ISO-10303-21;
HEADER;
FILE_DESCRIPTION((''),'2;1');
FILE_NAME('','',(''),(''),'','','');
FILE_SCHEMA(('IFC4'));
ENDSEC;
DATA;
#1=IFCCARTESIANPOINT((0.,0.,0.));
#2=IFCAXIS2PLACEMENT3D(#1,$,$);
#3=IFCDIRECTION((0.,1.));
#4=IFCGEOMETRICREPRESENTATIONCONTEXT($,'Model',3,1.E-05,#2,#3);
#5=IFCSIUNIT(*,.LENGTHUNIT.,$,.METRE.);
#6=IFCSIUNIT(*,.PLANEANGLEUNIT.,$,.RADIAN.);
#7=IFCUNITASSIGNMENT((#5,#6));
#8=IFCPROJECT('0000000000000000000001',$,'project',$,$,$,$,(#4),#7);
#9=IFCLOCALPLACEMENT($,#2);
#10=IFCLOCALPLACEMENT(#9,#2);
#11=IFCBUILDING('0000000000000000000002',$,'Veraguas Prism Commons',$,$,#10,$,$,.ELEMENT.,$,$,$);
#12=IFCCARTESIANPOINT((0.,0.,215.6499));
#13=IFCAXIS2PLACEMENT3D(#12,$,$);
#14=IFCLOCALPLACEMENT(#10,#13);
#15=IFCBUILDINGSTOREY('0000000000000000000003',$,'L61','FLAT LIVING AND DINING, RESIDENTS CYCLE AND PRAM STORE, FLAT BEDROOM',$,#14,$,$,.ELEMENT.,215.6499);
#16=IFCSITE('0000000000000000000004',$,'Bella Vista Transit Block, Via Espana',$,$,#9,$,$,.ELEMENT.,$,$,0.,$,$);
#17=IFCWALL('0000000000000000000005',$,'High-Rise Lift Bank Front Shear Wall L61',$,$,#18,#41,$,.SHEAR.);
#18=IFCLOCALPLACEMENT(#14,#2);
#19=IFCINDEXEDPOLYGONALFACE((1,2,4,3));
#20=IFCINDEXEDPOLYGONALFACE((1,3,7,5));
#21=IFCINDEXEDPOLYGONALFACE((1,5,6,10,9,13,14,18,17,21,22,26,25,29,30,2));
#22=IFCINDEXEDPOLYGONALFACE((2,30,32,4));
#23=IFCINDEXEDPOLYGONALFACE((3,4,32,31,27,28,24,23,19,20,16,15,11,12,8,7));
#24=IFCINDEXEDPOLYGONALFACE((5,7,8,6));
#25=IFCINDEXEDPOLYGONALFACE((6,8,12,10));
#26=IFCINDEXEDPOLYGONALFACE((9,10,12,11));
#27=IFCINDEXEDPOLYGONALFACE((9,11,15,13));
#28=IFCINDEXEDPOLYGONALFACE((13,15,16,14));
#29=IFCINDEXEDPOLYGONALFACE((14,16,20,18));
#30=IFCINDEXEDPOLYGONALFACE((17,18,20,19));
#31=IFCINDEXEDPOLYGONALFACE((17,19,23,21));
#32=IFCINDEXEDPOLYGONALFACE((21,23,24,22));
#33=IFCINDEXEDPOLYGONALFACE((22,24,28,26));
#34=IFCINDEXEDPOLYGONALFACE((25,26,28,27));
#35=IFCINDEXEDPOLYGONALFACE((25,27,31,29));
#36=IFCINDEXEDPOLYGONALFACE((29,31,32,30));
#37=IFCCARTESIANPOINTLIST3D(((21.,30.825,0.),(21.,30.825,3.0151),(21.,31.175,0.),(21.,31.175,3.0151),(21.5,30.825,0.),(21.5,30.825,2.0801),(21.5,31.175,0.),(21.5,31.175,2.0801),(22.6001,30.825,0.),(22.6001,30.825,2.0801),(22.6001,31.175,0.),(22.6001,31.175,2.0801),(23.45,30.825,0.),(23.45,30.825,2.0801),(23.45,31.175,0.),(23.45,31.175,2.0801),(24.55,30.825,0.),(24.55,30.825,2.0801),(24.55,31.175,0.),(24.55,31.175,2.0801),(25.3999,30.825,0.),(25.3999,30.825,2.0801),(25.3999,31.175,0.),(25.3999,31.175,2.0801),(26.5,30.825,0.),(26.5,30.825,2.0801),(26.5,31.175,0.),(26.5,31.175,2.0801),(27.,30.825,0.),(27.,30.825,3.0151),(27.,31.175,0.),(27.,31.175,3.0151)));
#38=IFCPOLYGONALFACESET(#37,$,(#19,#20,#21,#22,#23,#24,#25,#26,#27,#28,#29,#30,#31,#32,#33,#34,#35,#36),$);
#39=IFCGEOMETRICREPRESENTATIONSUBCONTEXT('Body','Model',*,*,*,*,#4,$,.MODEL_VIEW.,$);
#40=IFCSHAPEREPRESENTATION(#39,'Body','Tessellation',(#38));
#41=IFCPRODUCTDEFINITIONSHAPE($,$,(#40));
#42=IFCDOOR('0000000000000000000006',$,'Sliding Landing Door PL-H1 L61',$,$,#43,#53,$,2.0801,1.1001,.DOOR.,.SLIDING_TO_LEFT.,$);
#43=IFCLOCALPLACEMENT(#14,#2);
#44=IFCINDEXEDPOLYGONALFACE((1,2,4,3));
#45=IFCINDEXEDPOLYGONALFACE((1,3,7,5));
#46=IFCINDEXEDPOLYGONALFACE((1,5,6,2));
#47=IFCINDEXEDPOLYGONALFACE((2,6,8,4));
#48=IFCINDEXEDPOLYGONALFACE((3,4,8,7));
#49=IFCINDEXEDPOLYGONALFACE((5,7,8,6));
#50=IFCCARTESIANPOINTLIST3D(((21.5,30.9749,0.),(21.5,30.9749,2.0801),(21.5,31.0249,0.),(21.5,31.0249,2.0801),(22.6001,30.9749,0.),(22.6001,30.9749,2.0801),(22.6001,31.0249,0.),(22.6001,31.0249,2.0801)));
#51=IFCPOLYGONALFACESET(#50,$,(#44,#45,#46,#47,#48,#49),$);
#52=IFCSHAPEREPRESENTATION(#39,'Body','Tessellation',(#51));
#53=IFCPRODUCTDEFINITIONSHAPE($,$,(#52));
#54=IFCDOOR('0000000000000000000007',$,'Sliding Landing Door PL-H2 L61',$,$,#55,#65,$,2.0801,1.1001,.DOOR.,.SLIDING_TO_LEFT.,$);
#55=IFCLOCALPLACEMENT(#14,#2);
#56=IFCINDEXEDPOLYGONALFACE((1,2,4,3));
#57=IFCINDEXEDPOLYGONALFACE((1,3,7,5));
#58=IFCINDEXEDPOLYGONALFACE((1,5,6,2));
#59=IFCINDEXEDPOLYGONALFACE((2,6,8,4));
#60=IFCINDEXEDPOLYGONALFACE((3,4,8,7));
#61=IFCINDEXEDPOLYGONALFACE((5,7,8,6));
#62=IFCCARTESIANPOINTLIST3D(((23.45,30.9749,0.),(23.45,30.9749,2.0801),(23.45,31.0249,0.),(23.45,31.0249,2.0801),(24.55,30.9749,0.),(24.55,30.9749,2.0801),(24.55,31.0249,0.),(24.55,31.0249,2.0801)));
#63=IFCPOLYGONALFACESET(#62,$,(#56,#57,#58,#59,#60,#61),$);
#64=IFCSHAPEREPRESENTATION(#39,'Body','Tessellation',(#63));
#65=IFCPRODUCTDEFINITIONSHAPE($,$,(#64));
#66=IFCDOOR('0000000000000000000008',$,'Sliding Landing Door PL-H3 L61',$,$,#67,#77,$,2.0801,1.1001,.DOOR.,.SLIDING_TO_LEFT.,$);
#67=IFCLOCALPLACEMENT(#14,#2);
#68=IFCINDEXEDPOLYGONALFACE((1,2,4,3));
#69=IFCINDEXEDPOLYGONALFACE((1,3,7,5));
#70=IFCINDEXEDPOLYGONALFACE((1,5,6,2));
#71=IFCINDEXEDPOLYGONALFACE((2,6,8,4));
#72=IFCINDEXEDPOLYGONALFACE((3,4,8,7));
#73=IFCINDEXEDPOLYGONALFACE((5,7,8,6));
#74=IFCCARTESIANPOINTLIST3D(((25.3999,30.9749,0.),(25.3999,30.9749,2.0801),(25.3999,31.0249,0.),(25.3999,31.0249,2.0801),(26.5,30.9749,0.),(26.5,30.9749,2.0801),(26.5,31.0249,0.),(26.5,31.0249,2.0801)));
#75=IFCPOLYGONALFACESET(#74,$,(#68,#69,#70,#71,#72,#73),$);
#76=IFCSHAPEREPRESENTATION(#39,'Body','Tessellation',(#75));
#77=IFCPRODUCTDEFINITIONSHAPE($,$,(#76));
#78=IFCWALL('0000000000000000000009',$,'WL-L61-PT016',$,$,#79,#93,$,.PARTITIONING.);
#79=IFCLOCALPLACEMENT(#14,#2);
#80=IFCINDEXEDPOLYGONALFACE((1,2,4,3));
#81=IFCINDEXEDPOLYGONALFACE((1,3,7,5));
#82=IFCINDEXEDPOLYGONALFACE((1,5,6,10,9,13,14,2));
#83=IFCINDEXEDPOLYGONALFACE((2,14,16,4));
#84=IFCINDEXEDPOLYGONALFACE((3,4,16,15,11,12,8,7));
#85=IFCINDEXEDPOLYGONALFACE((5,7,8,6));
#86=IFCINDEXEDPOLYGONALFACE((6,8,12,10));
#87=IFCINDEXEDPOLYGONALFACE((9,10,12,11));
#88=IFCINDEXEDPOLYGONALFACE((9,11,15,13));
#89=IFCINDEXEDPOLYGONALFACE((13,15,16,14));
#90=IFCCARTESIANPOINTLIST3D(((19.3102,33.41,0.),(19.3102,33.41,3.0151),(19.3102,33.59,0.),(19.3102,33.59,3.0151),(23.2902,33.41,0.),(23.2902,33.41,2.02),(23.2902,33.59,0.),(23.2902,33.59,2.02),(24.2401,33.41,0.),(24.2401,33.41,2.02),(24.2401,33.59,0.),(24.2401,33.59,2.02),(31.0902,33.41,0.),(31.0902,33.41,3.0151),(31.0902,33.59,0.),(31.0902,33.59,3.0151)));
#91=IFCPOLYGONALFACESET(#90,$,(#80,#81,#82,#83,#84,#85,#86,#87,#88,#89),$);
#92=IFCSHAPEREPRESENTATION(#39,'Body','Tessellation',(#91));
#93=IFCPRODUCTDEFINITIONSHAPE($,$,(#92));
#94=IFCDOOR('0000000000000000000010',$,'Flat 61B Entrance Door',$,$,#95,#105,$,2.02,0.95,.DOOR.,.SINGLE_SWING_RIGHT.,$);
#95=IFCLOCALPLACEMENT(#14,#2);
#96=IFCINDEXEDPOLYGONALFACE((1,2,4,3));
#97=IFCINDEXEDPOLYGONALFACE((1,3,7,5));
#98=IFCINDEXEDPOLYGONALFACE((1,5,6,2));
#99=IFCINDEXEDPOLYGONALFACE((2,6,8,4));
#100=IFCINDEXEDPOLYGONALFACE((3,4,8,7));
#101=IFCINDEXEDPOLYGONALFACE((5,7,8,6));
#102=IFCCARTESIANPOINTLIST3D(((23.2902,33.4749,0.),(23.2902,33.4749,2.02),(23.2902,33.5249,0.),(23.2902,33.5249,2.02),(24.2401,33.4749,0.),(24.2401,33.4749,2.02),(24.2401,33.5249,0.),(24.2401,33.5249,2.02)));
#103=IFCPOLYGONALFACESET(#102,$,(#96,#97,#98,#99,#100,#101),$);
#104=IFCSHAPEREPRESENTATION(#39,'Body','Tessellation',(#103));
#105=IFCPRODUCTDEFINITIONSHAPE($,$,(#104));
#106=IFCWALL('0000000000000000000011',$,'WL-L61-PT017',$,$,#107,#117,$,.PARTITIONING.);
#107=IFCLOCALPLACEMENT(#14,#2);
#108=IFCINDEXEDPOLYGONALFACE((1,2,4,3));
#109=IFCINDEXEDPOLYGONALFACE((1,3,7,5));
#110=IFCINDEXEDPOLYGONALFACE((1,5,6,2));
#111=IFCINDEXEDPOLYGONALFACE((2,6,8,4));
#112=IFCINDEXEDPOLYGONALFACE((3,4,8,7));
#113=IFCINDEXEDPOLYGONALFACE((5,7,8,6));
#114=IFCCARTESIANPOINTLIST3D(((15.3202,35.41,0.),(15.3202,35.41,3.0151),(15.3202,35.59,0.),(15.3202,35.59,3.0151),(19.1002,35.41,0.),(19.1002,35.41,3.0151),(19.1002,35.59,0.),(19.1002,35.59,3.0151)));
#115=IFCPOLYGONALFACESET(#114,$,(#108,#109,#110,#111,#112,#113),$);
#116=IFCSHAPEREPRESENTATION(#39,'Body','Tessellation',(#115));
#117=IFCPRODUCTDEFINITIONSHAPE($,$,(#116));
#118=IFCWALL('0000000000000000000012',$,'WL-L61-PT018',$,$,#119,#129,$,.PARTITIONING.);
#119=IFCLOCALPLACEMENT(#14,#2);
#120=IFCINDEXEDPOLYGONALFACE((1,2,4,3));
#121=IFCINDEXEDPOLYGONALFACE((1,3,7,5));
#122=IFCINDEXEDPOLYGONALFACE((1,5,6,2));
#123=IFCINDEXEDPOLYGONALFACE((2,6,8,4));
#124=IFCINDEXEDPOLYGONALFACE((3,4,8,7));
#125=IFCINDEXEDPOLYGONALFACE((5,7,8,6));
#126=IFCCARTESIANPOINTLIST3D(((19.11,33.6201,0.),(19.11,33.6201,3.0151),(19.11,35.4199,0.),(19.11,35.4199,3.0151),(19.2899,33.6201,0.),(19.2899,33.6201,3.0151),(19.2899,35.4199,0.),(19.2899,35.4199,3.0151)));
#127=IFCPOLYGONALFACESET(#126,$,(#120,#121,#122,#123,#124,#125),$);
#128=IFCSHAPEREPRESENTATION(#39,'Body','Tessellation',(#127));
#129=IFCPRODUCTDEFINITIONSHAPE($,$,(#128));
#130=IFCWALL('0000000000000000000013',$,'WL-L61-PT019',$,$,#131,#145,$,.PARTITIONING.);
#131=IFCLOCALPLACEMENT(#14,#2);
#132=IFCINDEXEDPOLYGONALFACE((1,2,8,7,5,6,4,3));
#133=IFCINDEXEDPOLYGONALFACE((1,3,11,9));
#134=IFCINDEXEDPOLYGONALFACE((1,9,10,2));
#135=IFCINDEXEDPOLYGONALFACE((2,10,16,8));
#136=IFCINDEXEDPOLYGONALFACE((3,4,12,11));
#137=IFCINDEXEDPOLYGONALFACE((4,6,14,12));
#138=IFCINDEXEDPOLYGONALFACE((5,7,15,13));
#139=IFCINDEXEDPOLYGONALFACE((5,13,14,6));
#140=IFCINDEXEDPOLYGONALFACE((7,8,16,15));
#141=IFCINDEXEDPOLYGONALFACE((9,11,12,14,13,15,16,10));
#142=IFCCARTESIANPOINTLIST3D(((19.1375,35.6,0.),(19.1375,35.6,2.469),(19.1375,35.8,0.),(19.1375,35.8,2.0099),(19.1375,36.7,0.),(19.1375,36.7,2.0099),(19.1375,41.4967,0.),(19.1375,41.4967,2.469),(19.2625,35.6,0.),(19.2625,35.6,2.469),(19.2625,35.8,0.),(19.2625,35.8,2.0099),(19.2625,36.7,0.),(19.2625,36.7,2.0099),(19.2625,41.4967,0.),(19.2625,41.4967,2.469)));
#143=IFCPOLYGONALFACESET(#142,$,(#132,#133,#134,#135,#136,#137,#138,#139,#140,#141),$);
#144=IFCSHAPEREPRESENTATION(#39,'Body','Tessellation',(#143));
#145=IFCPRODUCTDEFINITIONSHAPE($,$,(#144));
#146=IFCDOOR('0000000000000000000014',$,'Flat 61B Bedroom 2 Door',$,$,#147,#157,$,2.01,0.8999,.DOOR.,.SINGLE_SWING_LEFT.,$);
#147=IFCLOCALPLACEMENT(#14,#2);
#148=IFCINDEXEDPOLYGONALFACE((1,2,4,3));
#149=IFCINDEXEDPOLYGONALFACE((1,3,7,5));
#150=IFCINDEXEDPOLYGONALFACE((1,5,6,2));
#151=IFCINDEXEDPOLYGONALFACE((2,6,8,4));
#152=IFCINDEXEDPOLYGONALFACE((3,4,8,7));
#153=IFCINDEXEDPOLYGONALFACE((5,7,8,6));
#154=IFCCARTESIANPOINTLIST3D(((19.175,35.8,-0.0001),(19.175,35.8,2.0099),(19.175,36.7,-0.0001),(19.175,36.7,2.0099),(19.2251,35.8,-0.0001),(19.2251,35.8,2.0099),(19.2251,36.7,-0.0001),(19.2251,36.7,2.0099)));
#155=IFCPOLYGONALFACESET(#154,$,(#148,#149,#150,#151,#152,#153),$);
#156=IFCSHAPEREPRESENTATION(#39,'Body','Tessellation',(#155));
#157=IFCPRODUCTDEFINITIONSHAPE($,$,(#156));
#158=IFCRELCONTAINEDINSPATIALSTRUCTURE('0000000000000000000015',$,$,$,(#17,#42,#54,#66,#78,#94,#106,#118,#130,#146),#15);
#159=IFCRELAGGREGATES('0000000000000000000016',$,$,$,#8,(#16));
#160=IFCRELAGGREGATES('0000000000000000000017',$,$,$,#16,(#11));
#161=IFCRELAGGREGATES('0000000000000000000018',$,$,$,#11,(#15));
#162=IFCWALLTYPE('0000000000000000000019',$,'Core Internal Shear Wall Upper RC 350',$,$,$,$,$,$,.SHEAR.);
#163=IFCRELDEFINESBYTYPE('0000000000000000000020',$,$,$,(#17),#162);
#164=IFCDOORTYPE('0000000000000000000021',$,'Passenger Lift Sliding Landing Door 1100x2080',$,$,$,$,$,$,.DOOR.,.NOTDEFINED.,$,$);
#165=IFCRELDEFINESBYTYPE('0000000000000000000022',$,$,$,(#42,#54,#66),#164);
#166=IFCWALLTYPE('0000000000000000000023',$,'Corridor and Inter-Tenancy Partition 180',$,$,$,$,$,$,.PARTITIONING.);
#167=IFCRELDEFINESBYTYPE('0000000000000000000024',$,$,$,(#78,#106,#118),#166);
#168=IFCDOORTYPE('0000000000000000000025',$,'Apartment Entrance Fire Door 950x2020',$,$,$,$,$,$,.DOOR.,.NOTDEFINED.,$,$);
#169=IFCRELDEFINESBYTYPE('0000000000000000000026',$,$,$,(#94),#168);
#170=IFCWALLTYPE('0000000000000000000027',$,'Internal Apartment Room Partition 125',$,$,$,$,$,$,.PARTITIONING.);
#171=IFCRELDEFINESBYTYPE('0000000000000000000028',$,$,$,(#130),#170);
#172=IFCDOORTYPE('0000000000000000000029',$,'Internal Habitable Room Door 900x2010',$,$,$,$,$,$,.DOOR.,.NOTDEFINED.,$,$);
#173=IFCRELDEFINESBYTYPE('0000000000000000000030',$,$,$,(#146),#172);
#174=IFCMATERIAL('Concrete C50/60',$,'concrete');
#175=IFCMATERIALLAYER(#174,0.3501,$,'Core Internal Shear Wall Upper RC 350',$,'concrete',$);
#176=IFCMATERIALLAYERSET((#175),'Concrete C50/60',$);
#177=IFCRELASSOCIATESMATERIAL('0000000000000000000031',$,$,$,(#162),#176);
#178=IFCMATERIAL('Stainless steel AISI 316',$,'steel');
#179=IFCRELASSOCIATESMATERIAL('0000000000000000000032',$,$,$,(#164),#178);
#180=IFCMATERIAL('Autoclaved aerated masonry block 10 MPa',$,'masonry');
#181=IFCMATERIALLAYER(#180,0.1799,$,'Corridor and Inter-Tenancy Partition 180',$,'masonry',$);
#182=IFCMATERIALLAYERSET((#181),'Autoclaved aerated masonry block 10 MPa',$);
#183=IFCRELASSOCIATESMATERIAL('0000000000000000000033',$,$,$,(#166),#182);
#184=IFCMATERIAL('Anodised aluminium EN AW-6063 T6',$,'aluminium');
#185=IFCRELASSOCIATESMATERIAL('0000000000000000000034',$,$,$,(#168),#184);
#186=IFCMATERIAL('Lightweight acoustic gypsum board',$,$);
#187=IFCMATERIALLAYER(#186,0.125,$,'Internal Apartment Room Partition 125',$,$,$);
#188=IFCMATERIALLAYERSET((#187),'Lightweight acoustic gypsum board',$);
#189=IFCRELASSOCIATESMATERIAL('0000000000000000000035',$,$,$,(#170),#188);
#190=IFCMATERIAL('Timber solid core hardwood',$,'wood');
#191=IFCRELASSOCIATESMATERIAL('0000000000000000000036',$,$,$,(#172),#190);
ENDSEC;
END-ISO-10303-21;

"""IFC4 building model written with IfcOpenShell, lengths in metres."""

from ifc_helpers import new_model, si_unit, direction, frame, frame_2d, origin, place, context, subcontext, project, spatial, rectangle, extrude, source, transform, mapped, material, layer, layer_set, type_object, element, fill, save


model = new_model("IFC4")

# Units and contexts
model_context = context("Model", 3, precision=1e-05, world=origin(), true_north=direction((0.0, 1.0)))
body_context = subcontext(model_context, "Body", "Model", "MODEL_VIEW")
ifc_project = project(units=[si_unit("LENGTHUNIT", "METRE"), si_unit("PLANEANGLEUNIT", "RADIAN")], contexts=[model_context])

# Site, building, storey
site_placement = place(None, origin())
site = spatial("IfcSite", under=ifc_project, at=site_placement, Name="Bella Vista Transit Block, Via Espana", CompositionType="ELEMENT", RefElevation=0.0)
building_placement = place(site_placement, origin())
building = spatial("IfcBuilding", under=site, at=building_placement, Name="Veraguas Prism Commons", CompositionType="ELEMENT")
storey_placement = place(building_placement, frame((0.0, 0.0, 215.6499)))
storey = spatial("IfcBuildingStorey", under=building, at=storey_placement, Name="L61", Description="FLAT LIVING AND DINING, RESIDENTS CYCLE AND PRAM STORE, FLAT BEDROOM", CompositionType="ELEMENT", Elevation=215.6499)

# Shared definitions
ifc_material_1 = material(Name="Concrete C50/60", Category="concrete")

# Shared definitions
ifc_material_2 = material(Name="Anodised aluminium EN AW-6063 T6", Category="aluminium")

# Wall, openings, doors
ifc_layer_1 = layer(ifc_material_1, 0.3501, Name="Core Internal Shear Wall Upper RC 350", Category="concrete")
ifc_layer_set_1 = layer_set([ifc_layer_1], Name="Concrete C50/60")
wall_type_1 = type_object("IfcWallType", Name="Core Internal Shear Wall Upper RC 350", PredefinedType="SHEAR", material=ifc_layer_set_1)
wall_1_placement = place(storey_placement, frame((21.0, 31.0, 0.0), z_axis=(0.0, 0.0, 1.0), x_axis=(1.0, 0.0, 0.0)))
wall_1 = element("IfcWall", 1, at=wall_1_placement, inside=storey, type_object=wall_type_1, Name="High-Rise Lift Bank Front Shear Wall L61", PredefinedType="SHEAR", context=body_context, shape_type="SweptSolid", body=[
    extrude(rectangle(XDim=6.0, YDim=0.3501, at=frame_2d((3.0, 0.0))), origin(), (0.0, 0.0, 1.0), 3.0151),
])
opening_1_placement = place(wall_1_placement, frame((0.5, 0.0, 0.0)))
opening_1 = element("IfcOpeningElement", 2, at=opening_1_placement, cuts=wall_1, PredefinedType="OPENING", context=body_context, shape_type="SweptSolid", body=[
    extrude(rectangle(XDim=1.1001, YDim=2.0801, at=frame_2d((0.55, 1.04))), frame((0.0, 0.1851, 0.0), z_axis=(0.0, -1.0, 0.0), x_axis=(1.0, 0.0, 0.0)), (0.0, 0.0, 1.0), 0.3701),
])
opening_2_placement = place(wall_1_placement, frame((2.45, 0.0, 0.0)))
opening_2 = element("IfcOpeningElement", 3, at=opening_2_placement, cuts=wall_1, PredefinedType="OPENING", context=body_context, shape_type="SweptSolid", body=[
    extrude(rectangle(XDim=1.1001, YDim=2.0801, at=frame_2d((0.55, 1.04))), frame((0.0, 0.1851, 0.0), z_axis=(0.0, -1.0, 0.0), x_axis=(1.0, 0.0, 0.0)), (0.0, 0.0, 1.0), 0.3701),
])
opening_3_placement = place(wall_1_placement, frame((4.3999, 0.0, 0.0)))
opening_3 = element("IfcOpeningElement", 4, at=opening_3_placement, cuts=wall_1, PredefinedType="OPENING", context=body_context, shape_type="SweptSolid", body=[
    extrude(rectangle(XDim=1.1001, YDim=2.0801, at=frame_2d((0.55, 1.04))), frame((0.0, 0.1851, 0.0), z_axis=(0.0, -1.0, 0.0), x_axis=(1.0, 0.0, 0.0)), (0.0, 0.0, 1.0), 0.3701),
])
ifc_material_3 = material(Name="Stainless steel AISI 316", Category="steel")
door_type_1 = type_object("IfcDoorType", Name="Passenger Lift Sliding Landing Door 1100x2080", OperationType="NOTDEFINED", PredefinedType="DOOR", material=ifc_material_3)
shared_shape_1 = source(origin(), body_context, "Body", "SweptSolid", [
    extrude(rectangle(XDim=1.1001, YDim=2.0801, at=frame_2d((0.55, 1.04))), frame((0.0, 0.0249, 0.0), z_axis=(0.0, -1.0, 0.0), x_axis=(1.0, 0.0, 0.0)), (0.0, 0.0, 1.0), 0.05),
])
door_1_placement = place(opening_1_placement, origin())
door_1 = element("IfcDoor", 5, at=door_1_placement, inside=storey, type_object=door_type_1, Name="Sliding Landing Door PL-H1 L61", OperationType="SLIDING_TO_LEFT", OverallHeight=2.0801, OverallWidth=1.1001, PredefinedType="DOOR", context=body_context, shape_type="MappedRepresentation", body=[
    mapped(shared_shape_1, transform((0.0, 0.0, 0.0), scale=1.0)),
])
fill(opening_1, door_1)
door_2_placement = place(opening_2_placement, origin())
door_2 = element("IfcDoor", 6, at=door_2_placement, inside=storey, type_object=door_type_1, Name="Sliding Landing Door PL-H2 L61", OperationType="SLIDING_TO_LEFT", OverallHeight=2.0801, OverallWidth=1.1001, PredefinedType="DOOR", context=body_context, shape_type="MappedRepresentation", body=[
    mapped(shared_shape_1, transform((0.0, 0.0, 0.0), scale=1.0)),
])
fill(opening_2, door_2)
door_3_placement = place(opening_3_placement, origin())
door_3 = element("IfcDoor", 7, at=door_3_placement, inside=storey, type_object=door_type_1, Name="Sliding Landing Door PL-H3 L61", OperationType="SLIDING_TO_LEFT", OverallHeight=2.0801, OverallWidth=1.1001, PredefinedType="DOOR", context=body_context, shape_type="MappedRepresentation", body=[
    mapped(shared_shape_1, transform((0.0, 0.0, 0.0), scale=1.0)),
])
fill(opening_3, door_3)

# Wall, opening, door
ifc_material_4 = material(Name="Autoclaved aerated masonry block 10 MPa", Category="masonry")
ifc_layer_2 = layer(ifc_material_4, 0.1799, Name="Corridor and Inter-Tenancy Partition 180", Category="masonry")
ifc_layer_set_2 = layer_set([ifc_layer_2], Name="Autoclaved aerated masonry block 10 MPa")
wall_type_2 = type_object("IfcWallType", Name="Corridor and Inter-Tenancy Partition 180", PredefinedType="PARTITIONING", material=ifc_layer_set_2)
wall_2_placement = place(storey_placement, frame((19.3101, 33.5, 0.0), z_axis=(0.0, 0.0, 1.0), x_axis=(1.0, 0.0, 0.0)))
wall_2 = element("IfcWall", 8, at=wall_2_placement, inside=storey, type_object=wall_type_2, Name="WL-L61-PT016", PredefinedType="PARTITIONING", context=body_context, shape_type="SweptSolid", body=[
    extrude(rectangle(XDim=11.78, YDim=0.1799, at=frame_2d((5.8901, 0.0))), origin(), (0.0, 0.0, 1.0), 3.0151),
])
opening_4_placement = place(wall_2_placement, frame((3.98, 0.0, 0.0)))
opening_4 = element("IfcOpeningElement", 9, at=opening_4_placement, cuts=wall_2, PredefinedType="OPENING", context=body_context, shape_type="SweptSolid", body=[
    extrude(rectangle(XDim=0.95, YDim=2.02, at=frame_2d((0.4751, 1.01))), frame((0.0, 0.0999, 0.0), z_axis=(0.0, -1.0, 0.0), x_axis=(1.0, 0.0, 0.0)), (0.0, 0.0, 1.0), 0.2),
])
door_type_2 = type_object("IfcDoorType", Name="Apartment Entrance Fire Door 950x2020", OperationType="NOTDEFINED", PredefinedType="DOOR", material=ifc_material_2)
shared_shape_2 = source(origin(), body_context, "Body", "SweptSolid", [
    extrude(rectangle(XDim=0.95, YDim=2.02, at=frame_2d((0.4751, 1.01))), frame((0.0, 0.0249, 0.0), z_axis=(0.0, -1.0, 0.0), x_axis=(1.0, 0.0, 0.0)), (0.0, 0.0, 1.0), 0.05),
])
door_4_placement = place(opening_4_placement, origin())
door_4 = element("IfcDoor", 10, at=door_4_placement, inside=storey, type_object=door_type_2, Name="Flat 61B Entrance Door", OperationType="SINGLE_SWING_RIGHT", OverallHeight=2.02, OverallWidth=0.95, PredefinedType="DOOR", context=body_context, shape_type="MappedRepresentation", body=[
    mapped(shared_shape_2, transform((0.0, 0.0, 0.0), scale=1.0)),
])
fill(opening_4, door_4)

# Walls
wall_3_placement = place(storey_placement, frame((15.3201, 35.5, 0.0), z_axis=(0.0, 0.0, 1.0), x_axis=(1.0, 0.0, 0.0)))
element("IfcWall", 11, at=wall_3_placement, inside=storey, type_object=wall_type_2, Name="WL-L61-PT017", PredefinedType="PARTITIONING", context=body_context, shape_type="SweptSolid", body=[
    extrude(rectangle(XDim=3.78, YDim=0.1799, at=frame_2d((1.8901, 0.0))), origin(), (0.0, 0.0, 1.0), 3.0151),
])
wall_4_placement = place(storey_placement, frame((19.2, 33.6201, 0.0), z_axis=(0.0, 0.0, 1.0), x_axis=(0.0, 1.0, 0.0)))
element("IfcWall", 12, at=wall_4_placement, inside=storey, type_object=wall_type_2, Name="WL-L61-PT018", PredefinedType="PARTITIONING", context=body_context, shape_type="SweptSolid", body=[
    extrude(rectangle(XDim=1.7998, YDim=0.1799, at=frame_2d((0.8999, 0.0))), origin(), (0.0, 0.0, 1.0), 3.0151),
])

# Wall, opening, door
ifc_material_5 = material(Name="Lightweight acoustic gypsum board")
ifc_layer_3 = layer(ifc_material_5, 0.125, Name="Internal Apartment Room Partition 125")
ifc_layer_set_3 = layer_set([ifc_layer_3], Name="Lightweight acoustic gypsum board")
wall_type_3 = type_object("IfcWallType", Name="Internal Apartment Room Partition 125", PredefinedType="PARTITIONING", material=ifc_layer_set_3)
wall_5_placement = place(storey_placement, frame((19.2, 35.6001, 0.0), z_axis=(0.0, 0.0, 1.0), x_axis=(0.0, 1.0, 0.0)))
wall_5 = element("IfcWall", 13, at=wall_5_placement, inside=storey, type_object=wall_type_3, Name="WL-L61-PT019", PredefinedType="PARTITIONING", context=body_context, shape_type="SweptSolid", body=[
    extrude(rectangle(XDim=5.8967, YDim=0.125, at=frame_2d((2.9482, 0.0))), origin(), (0.0, 0.0, 1.0), 2.469),
])
opening_5_placement = place(wall_5_placement, frame((0.2, 0.0, 0.0)))
opening_5 = element("IfcOpeningElement", 14, at=opening_5_placement, cuts=wall_5, PredefinedType="OPENING", context=body_context, shape_type="SweptSolid", body=[
    extrude(rectangle(XDim=0.8999, YDim=2.01, at=frame_2d((0.45, 1.0049))), frame((0.0, 0.0725, 0.0), z_axis=(0.0, -1.0, 0.0), x_axis=(1.0, 0.0, 0.0)), (0.0, 0.0, 1.0), 0.145),
])
ifc_material_6 = material(Name="Timber solid core hardwood", Category="wood")
door_type_3 = type_object("IfcDoorType", Name="Internal Habitable Room Door 900x2010", OperationType="NOTDEFINED", PredefinedType="DOOR", material=ifc_material_6)
shared_shape_3 = source(origin(), body_context, "Body", "SweptSolid", [
    extrude(rectangle(XDim=0.8999, YDim=2.01, at=frame_2d((0.45, 1.0049))), frame((0.0, 0.0249, 0.0), z_axis=(0.0, -1.0, 0.0), x_axis=(1.0, 0.0, 0.0)), (0.0, 0.0, 1.0), 0.05),
])
door_5_placement = place(opening_5_placement, origin())
door_5 = element("IfcDoor", 15, at=door_5_placement, inside=storey, type_object=door_type_3, Name="Flat 61B Bedroom 2 Door", OperationType="SINGLE_SWING_LEFT", OverallHeight=2.01, OverallWidth=0.8999, PredefinedType="DOOR", context=body_context, shape_type="MappedRepresentation", body=[
    mapped(shared_shape_3, transform((0.0, 0.0, 0.0), scale=1.0)),
])
fill(opening_5, door_5)

save(model, "model.ifc")
